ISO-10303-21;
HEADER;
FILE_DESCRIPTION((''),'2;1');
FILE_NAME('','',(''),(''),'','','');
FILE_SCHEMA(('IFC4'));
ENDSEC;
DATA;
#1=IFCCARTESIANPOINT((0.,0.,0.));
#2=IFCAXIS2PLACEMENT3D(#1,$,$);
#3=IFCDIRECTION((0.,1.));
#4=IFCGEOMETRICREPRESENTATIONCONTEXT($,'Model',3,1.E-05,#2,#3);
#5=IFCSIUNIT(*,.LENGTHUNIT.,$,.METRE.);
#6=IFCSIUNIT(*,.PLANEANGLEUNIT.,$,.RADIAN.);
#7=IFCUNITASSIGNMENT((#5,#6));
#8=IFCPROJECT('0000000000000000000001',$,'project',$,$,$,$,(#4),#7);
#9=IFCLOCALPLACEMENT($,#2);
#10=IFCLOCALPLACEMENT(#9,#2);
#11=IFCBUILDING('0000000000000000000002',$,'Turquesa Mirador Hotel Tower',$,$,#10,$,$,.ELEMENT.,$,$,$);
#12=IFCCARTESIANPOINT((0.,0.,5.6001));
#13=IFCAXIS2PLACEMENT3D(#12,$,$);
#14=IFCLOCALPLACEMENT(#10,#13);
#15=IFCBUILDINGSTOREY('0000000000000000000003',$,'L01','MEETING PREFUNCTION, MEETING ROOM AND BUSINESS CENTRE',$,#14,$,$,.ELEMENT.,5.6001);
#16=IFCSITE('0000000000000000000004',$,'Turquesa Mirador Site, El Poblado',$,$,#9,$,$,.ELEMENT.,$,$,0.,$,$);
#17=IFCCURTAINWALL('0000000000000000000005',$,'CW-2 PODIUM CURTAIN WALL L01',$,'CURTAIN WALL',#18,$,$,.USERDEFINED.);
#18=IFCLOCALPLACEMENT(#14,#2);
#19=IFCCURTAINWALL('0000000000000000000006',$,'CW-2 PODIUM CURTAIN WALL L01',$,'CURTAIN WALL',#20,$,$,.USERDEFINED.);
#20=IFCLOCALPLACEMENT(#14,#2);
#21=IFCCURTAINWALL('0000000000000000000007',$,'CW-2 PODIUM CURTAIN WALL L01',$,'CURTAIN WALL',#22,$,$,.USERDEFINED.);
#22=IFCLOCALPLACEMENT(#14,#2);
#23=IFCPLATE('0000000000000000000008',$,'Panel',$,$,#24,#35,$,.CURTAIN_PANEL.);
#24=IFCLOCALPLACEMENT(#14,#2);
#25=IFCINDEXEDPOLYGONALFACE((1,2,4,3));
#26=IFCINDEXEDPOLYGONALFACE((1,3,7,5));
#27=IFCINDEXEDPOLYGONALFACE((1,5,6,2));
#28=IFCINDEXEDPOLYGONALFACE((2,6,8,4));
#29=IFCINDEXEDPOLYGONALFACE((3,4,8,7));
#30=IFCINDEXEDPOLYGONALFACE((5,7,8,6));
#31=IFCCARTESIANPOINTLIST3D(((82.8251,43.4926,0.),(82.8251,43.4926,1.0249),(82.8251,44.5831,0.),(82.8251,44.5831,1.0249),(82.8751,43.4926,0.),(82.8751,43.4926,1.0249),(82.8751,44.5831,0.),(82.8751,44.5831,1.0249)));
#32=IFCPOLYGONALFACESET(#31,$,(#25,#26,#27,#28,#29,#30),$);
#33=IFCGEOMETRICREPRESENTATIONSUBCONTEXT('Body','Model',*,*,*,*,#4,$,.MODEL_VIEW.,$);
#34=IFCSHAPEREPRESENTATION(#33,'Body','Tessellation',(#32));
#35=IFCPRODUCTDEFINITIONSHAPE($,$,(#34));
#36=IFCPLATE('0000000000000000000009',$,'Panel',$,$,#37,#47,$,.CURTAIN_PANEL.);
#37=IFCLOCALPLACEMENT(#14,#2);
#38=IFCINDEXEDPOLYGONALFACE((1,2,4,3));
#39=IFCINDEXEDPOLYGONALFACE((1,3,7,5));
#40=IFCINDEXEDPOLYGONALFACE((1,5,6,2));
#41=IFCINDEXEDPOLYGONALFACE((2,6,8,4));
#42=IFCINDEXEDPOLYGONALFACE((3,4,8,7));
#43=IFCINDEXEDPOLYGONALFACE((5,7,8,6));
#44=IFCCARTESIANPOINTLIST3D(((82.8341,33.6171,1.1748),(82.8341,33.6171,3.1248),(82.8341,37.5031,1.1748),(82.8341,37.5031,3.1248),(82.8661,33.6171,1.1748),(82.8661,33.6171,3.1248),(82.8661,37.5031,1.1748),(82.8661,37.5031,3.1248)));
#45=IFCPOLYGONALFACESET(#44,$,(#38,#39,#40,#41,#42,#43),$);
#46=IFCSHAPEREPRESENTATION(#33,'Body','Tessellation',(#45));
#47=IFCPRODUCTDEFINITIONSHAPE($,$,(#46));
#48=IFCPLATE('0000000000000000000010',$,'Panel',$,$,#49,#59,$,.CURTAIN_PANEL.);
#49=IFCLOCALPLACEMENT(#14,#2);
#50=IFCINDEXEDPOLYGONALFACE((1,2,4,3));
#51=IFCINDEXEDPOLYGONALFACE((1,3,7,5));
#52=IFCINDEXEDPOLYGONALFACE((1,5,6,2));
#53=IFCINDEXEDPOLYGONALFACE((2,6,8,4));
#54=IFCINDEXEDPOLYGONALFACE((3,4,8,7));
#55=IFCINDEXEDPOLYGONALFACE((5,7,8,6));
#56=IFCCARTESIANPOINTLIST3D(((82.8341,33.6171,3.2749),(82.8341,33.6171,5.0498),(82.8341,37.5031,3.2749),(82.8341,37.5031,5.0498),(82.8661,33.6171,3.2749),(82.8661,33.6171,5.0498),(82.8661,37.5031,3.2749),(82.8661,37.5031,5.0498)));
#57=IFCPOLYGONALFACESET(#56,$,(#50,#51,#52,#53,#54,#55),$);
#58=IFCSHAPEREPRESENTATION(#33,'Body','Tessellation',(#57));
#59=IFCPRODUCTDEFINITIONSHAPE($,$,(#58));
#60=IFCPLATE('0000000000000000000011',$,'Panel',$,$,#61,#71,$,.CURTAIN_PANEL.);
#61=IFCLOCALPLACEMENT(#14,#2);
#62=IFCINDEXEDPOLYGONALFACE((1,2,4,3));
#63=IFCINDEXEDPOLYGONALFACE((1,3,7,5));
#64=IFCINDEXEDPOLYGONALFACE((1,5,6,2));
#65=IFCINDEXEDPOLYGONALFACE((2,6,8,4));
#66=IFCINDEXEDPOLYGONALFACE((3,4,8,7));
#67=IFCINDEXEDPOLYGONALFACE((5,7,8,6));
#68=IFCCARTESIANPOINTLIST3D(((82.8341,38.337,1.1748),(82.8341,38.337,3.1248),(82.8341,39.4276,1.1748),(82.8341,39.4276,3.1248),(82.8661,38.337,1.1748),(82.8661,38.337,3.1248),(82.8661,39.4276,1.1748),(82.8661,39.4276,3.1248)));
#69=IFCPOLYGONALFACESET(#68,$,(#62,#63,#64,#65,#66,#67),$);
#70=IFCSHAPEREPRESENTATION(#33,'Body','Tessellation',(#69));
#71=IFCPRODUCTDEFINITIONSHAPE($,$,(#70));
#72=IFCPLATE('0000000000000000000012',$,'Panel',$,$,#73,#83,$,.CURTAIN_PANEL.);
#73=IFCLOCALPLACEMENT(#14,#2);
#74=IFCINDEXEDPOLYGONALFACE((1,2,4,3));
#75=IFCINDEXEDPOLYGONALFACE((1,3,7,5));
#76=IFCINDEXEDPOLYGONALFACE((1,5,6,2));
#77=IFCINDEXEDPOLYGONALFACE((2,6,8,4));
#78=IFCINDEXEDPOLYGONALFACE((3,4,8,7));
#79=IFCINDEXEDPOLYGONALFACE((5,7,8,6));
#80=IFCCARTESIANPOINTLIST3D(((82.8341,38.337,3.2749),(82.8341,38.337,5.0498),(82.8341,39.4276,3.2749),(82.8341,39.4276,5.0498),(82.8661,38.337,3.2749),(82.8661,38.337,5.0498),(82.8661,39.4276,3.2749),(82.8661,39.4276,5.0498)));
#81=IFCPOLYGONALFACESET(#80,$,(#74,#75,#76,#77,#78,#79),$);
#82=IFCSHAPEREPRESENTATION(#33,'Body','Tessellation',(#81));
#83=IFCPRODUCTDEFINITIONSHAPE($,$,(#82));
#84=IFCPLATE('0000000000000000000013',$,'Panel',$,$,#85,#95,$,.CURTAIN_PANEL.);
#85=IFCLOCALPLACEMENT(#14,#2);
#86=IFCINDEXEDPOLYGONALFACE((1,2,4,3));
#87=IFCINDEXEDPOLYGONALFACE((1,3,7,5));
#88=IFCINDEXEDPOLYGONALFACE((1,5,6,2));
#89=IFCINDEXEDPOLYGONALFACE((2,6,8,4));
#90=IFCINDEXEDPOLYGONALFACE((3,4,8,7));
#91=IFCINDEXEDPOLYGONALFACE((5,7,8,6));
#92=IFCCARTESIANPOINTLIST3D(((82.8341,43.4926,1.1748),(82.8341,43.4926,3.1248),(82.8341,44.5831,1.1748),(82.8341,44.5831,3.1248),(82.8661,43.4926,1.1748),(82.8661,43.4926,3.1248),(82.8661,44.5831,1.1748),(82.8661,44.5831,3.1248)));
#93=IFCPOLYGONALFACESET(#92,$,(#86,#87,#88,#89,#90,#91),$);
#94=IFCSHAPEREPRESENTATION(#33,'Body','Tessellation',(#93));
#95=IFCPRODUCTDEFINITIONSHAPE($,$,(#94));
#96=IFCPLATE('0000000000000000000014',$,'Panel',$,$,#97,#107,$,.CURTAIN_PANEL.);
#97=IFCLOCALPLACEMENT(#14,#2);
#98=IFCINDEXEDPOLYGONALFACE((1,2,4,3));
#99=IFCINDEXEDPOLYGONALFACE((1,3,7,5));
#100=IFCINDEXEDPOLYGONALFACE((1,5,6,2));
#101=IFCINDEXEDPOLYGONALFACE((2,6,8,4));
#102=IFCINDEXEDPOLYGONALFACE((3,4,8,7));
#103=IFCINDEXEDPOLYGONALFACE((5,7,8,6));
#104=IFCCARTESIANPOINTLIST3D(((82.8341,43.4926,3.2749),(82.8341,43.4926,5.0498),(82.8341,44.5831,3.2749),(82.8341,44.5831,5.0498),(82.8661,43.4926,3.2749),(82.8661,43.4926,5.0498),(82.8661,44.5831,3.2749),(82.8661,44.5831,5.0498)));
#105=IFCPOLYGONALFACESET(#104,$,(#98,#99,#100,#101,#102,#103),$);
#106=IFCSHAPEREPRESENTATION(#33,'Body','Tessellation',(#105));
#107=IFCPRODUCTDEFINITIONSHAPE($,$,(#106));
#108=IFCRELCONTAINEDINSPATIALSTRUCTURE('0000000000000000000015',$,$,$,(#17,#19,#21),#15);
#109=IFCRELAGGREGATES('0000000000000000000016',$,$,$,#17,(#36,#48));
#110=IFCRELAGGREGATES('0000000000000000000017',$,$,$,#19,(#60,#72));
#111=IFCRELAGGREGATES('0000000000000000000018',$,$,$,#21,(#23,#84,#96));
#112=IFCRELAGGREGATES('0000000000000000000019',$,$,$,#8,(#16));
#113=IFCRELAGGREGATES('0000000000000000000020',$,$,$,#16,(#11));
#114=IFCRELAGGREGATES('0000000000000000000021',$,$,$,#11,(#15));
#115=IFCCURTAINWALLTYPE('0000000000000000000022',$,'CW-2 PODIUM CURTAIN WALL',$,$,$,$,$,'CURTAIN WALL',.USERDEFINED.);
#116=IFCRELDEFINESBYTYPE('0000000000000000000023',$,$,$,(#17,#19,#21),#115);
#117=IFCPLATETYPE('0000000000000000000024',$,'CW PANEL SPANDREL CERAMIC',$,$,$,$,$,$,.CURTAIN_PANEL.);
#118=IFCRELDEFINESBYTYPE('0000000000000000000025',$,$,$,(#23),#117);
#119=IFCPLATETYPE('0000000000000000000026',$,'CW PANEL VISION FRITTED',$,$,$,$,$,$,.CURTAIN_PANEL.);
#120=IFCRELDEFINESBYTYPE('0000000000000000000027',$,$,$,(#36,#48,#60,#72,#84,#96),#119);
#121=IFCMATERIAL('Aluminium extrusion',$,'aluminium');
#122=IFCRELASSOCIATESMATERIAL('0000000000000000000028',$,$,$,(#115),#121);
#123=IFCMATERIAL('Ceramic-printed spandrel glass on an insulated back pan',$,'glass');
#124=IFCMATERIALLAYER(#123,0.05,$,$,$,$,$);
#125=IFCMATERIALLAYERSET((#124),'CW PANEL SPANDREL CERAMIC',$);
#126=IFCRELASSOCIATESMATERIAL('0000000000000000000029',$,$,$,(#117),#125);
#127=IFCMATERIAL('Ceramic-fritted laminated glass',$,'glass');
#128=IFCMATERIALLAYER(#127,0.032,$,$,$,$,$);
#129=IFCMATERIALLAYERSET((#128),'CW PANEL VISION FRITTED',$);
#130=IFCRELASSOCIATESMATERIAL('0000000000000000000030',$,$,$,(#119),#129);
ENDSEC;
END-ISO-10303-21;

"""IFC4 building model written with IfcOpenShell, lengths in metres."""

from ifc_helpers import new_model, si_unit, direction, frame, origin, origin_2d, place, context, subcontext, project, spatial, rectangle, extrude, material, layer, layer_set, type_object, element, aggregate, save


model = new_model("IFC4")

# Units and contexts
model_context = context("Model", 3, precision=1e-05, world=origin(), true_north=direction((0.0, 1.0)))
body_context = subcontext(model_context, "Body", "Model", "MODEL_VIEW")
ifc_project = project(units=[si_unit("LENGTHUNIT", "METRE"), si_unit("PLANEANGLEUNIT", "RADIAN")], contexts=[model_context])

# Site, building, storey
site_placement = place(None, origin())
site = spatial("IfcSite", under=ifc_project, at=site_placement, Name="Turquesa Mirador Site, El Poblado", CompositionType="ELEMENT", RefElevation=0.0)
building_placement = place(site_placement, origin())
building = spatial("IfcBuilding", under=site, at=building_placement, Name="Turquesa Mirador Hotel Tower", CompositionType="ELEMENT")
storey_placement = place(building_placement, frame((0.0, 0.0, 5.6001)))
storey = spatial("IfcBuildingStorey", under=building, at=storey_placement, Name="L01", Description="MEETING PREFUNCTION, MEETING ROOM AND BUSINESS CENTRE", CompositionType="ELEMENT", Elevation=5.6001)

# Curtain wall
ifc_material_1 = material(Name="Aluminium extrusion", Category="aluminium")
curtain_wall_type = type_object("IfcCurtainWallType", Name="CW-2 PODIUM CURTAIN WALL", ElementType="CURTAIN WALL", PredefinedType="USERDEFINED", material=ifc_material_1)
curtain_wall_1_placement = place(storey_placement, origin())
curtain_wall_1 = element("IfcCurtainWall", 1, at=curtain_wall_1_placement, inside=storey, type_object=curtain_wall_type, Name="CW-2 PODIUM CURTAIN WALL L01", ObjectType="CURTAIN WALL", PredefinedType="USERDEFINED")

# Curtain walls
curtain_wall_2_placement = place(storey_placement, origin())
curtain_wall_2 = element("IfcCurtainWall", 2, at=curtain_wall_2_placement, inside=storey, type_object=curtain_wall_type, Name="CW-2 PODIUM CURTAIN WALL L01", ObjectType="CURTAIN WALL", PredefinedType="USERDEFINED")
curtain_wall_3_placement = place(storey_placement, origin())
curtain_wall_3 = element("IfcCurtainWall", 3, at=curtain_wall_3_placement, inside=storey, type_object=curtain_wall_type, Name="CW-2 PODIUM CURTAIN WALL L01", ObjectType="CURTAIN WALL", PredefinedType="USERDEFINED")

# Plates
ifc_material_2 = material(Name="Ceramic-printed spandrel glass on an insulated back pan", Category="glass")
ifc_layer_1 = layer(ifc_material_2, 0.05)
ifc_layer_set_1 = layer_set([ifc_layer_1], Name="CW PANEL SPANDREL CERAMIC")
plate_type_1 = type_object("IfcPlateType", Name="CW PANEL SPANDREL CERAMIC", PredefinedType="CURTAIN_PANEL", material=ifc_layer_set_1)
plate_1_placement = place(storey_placement, frame((82.8501, 44.0378, 0.0), z_axis=(0.0, 0.0, 1.0), x_axis=(0.0, 1.0, 0.0)))
plate_1 = element("IfcPlate", 4, at=plate_1_placement, type_object=plate_type_1, Name="Panel", PredefinedType="CURTAIN_PANEL", context=body_context, shape_type="SweptSolid", body=[
    extrude(rectangle(XDim=1.0906, YDim=0.05, at=origin_2d()), origin(), (0.0, 0.0, 1.0), 1.0249),
])
ifc_material_3 = material(Name="Ceramic-fritted laminated glass", Category="glass")
ifc_layer_2 = layer(ifc_material_3, 0.032)
ifc_layer_set_2 = layer_set([ifc_layer_2], Name="CW PANEL VISION FRITTED")
plate_type_2 = type_object("IfcPlateType", Name="CW PANEL VISION FRITTED", PredefinedType="CURTAIN_PANEL", material=ifc_layer_set_2)
plate_2_placement = place(storey_placement, frame((82.8501, 35.5601, 1.1748), z_axis=(0.0, 0.0, 1.0), x_axis=(0.0, 1.0, 0.0)))
plate_2 = element("IfcPlate", 5, at=plate_2_placement, type_object=plate_type_2, Name="Panel", PredefinedType="CURTAIN_PANEL", context=body_context, shape_type="SweptSolid", body=[
    extrude(rectangle(XDim=3.886, YDim=0.032, at=origin_2d()), origin(), (0.0, 0.0, 1.0), 1.95),
])
plate_3_placement = place(storey_placement, frame((82.8501, 35.5601, 3.2749), z_axis=(0.0, 0.0, 1.0), x_axis=(0.0, 1.0, 0.0)))
plate_3 = element("IfcPlate", 6, at=plate_3_placement, type_object=plate_type_2, Name="Panel", PredefinedType="CURTAIN_PANEL", context=body_context, shape_type="SweptSolid", body=[
    extrude(rectangle(XDim=3.886, YDim=0.032, at=origin_2d()), origin(), (0.0, 0.0, 1.0), 1.7749),
])
aggregate(curtain_wall_1, [plate_2, plate_3])
plate_4_placement = place(storey_placement, frame((82.8501, 38.8823, 1.1748), z_axis=(0.0, 0.0, 1.0), x_axis=(0.0, 1.0, 0.0)))
plate_4 = element("IfcPlate", 7, at=plate_4_placement, type_object=plate_type_2, Name="Panel", PredefinedType="CURTAIN_PANEL", context=body_context, shape_type="SweptSolid", body=[
    extrude(rectangle(XDim=1.0906, YDim=0.032, at=origin_2d()), origin(), (0.0, 0.0, 1.0), 1.95),
])
plate_5_placement = place(storey_placement, frame((82.8501, 38.8823, 3.2749), z_axis=(0.0, 0.0, 1.0), x_axis=(0.0, 1.0, 0.0)))
plate_5 = element("IfcPlate", 8, at=plate_5_placement, type_object=plate_type_2, Name="Panel", PredefinedType="CURTAIN_PANEL", context=body_context, shape_type="SweptSolid", body=[
    extrude(rectangle(XDim=1.0906, YDim=0.032, at=origin_2d()), origin(), (0.0, 0.0, 1.0), 1.7749),
])
aggregate(curtain_wall_2, [plate_4, plate_5])
plate_6_placement = place(storey_placement, frame((82.8501, 44.0378, 1.1748), z_axis=(0.0, 0.0, 1.0), x_axis=(0.0, 1.0, 0.0)))
plate_6 = element("IfcPlate", 9, at=plate_6_placement, type_object=plate_type_2, Name="Panel", PredefinedType="CURTAIN_PANEL", context=body_context, shape_type="SweptSolid", body=[
    extrude(rectangle(XDim=1.0906, YDim=0.032, at=origin_2d()), origin(), (0.0, 0.0, 1.0), 1.95),
])
plate_7_placement = place(storey_placement, frame((82.8501, 44.0378, 3.2749), z_axis=(0.0, 0.0, 1.0), x_axis=(0.0, 1.0, 0.0)))
plate_7 = element("IfcPlate", 10, at=plate_7_placement, type_object=plate_type_2, Name="Panel", PredefinedType="CURTAIN_PANEL", context=body_context, shape_type="SweptSolid", body=[
    extrude(rectangle(XDim=1.0906, YDim=0.032, at=origin_2d()), origin(), (0.0, 0.0, 1.0), 1.7749),
])
aggregate(curtain_wall_3, [plate_1, plate_6, plate_7])

save(model, "model.ifc")
